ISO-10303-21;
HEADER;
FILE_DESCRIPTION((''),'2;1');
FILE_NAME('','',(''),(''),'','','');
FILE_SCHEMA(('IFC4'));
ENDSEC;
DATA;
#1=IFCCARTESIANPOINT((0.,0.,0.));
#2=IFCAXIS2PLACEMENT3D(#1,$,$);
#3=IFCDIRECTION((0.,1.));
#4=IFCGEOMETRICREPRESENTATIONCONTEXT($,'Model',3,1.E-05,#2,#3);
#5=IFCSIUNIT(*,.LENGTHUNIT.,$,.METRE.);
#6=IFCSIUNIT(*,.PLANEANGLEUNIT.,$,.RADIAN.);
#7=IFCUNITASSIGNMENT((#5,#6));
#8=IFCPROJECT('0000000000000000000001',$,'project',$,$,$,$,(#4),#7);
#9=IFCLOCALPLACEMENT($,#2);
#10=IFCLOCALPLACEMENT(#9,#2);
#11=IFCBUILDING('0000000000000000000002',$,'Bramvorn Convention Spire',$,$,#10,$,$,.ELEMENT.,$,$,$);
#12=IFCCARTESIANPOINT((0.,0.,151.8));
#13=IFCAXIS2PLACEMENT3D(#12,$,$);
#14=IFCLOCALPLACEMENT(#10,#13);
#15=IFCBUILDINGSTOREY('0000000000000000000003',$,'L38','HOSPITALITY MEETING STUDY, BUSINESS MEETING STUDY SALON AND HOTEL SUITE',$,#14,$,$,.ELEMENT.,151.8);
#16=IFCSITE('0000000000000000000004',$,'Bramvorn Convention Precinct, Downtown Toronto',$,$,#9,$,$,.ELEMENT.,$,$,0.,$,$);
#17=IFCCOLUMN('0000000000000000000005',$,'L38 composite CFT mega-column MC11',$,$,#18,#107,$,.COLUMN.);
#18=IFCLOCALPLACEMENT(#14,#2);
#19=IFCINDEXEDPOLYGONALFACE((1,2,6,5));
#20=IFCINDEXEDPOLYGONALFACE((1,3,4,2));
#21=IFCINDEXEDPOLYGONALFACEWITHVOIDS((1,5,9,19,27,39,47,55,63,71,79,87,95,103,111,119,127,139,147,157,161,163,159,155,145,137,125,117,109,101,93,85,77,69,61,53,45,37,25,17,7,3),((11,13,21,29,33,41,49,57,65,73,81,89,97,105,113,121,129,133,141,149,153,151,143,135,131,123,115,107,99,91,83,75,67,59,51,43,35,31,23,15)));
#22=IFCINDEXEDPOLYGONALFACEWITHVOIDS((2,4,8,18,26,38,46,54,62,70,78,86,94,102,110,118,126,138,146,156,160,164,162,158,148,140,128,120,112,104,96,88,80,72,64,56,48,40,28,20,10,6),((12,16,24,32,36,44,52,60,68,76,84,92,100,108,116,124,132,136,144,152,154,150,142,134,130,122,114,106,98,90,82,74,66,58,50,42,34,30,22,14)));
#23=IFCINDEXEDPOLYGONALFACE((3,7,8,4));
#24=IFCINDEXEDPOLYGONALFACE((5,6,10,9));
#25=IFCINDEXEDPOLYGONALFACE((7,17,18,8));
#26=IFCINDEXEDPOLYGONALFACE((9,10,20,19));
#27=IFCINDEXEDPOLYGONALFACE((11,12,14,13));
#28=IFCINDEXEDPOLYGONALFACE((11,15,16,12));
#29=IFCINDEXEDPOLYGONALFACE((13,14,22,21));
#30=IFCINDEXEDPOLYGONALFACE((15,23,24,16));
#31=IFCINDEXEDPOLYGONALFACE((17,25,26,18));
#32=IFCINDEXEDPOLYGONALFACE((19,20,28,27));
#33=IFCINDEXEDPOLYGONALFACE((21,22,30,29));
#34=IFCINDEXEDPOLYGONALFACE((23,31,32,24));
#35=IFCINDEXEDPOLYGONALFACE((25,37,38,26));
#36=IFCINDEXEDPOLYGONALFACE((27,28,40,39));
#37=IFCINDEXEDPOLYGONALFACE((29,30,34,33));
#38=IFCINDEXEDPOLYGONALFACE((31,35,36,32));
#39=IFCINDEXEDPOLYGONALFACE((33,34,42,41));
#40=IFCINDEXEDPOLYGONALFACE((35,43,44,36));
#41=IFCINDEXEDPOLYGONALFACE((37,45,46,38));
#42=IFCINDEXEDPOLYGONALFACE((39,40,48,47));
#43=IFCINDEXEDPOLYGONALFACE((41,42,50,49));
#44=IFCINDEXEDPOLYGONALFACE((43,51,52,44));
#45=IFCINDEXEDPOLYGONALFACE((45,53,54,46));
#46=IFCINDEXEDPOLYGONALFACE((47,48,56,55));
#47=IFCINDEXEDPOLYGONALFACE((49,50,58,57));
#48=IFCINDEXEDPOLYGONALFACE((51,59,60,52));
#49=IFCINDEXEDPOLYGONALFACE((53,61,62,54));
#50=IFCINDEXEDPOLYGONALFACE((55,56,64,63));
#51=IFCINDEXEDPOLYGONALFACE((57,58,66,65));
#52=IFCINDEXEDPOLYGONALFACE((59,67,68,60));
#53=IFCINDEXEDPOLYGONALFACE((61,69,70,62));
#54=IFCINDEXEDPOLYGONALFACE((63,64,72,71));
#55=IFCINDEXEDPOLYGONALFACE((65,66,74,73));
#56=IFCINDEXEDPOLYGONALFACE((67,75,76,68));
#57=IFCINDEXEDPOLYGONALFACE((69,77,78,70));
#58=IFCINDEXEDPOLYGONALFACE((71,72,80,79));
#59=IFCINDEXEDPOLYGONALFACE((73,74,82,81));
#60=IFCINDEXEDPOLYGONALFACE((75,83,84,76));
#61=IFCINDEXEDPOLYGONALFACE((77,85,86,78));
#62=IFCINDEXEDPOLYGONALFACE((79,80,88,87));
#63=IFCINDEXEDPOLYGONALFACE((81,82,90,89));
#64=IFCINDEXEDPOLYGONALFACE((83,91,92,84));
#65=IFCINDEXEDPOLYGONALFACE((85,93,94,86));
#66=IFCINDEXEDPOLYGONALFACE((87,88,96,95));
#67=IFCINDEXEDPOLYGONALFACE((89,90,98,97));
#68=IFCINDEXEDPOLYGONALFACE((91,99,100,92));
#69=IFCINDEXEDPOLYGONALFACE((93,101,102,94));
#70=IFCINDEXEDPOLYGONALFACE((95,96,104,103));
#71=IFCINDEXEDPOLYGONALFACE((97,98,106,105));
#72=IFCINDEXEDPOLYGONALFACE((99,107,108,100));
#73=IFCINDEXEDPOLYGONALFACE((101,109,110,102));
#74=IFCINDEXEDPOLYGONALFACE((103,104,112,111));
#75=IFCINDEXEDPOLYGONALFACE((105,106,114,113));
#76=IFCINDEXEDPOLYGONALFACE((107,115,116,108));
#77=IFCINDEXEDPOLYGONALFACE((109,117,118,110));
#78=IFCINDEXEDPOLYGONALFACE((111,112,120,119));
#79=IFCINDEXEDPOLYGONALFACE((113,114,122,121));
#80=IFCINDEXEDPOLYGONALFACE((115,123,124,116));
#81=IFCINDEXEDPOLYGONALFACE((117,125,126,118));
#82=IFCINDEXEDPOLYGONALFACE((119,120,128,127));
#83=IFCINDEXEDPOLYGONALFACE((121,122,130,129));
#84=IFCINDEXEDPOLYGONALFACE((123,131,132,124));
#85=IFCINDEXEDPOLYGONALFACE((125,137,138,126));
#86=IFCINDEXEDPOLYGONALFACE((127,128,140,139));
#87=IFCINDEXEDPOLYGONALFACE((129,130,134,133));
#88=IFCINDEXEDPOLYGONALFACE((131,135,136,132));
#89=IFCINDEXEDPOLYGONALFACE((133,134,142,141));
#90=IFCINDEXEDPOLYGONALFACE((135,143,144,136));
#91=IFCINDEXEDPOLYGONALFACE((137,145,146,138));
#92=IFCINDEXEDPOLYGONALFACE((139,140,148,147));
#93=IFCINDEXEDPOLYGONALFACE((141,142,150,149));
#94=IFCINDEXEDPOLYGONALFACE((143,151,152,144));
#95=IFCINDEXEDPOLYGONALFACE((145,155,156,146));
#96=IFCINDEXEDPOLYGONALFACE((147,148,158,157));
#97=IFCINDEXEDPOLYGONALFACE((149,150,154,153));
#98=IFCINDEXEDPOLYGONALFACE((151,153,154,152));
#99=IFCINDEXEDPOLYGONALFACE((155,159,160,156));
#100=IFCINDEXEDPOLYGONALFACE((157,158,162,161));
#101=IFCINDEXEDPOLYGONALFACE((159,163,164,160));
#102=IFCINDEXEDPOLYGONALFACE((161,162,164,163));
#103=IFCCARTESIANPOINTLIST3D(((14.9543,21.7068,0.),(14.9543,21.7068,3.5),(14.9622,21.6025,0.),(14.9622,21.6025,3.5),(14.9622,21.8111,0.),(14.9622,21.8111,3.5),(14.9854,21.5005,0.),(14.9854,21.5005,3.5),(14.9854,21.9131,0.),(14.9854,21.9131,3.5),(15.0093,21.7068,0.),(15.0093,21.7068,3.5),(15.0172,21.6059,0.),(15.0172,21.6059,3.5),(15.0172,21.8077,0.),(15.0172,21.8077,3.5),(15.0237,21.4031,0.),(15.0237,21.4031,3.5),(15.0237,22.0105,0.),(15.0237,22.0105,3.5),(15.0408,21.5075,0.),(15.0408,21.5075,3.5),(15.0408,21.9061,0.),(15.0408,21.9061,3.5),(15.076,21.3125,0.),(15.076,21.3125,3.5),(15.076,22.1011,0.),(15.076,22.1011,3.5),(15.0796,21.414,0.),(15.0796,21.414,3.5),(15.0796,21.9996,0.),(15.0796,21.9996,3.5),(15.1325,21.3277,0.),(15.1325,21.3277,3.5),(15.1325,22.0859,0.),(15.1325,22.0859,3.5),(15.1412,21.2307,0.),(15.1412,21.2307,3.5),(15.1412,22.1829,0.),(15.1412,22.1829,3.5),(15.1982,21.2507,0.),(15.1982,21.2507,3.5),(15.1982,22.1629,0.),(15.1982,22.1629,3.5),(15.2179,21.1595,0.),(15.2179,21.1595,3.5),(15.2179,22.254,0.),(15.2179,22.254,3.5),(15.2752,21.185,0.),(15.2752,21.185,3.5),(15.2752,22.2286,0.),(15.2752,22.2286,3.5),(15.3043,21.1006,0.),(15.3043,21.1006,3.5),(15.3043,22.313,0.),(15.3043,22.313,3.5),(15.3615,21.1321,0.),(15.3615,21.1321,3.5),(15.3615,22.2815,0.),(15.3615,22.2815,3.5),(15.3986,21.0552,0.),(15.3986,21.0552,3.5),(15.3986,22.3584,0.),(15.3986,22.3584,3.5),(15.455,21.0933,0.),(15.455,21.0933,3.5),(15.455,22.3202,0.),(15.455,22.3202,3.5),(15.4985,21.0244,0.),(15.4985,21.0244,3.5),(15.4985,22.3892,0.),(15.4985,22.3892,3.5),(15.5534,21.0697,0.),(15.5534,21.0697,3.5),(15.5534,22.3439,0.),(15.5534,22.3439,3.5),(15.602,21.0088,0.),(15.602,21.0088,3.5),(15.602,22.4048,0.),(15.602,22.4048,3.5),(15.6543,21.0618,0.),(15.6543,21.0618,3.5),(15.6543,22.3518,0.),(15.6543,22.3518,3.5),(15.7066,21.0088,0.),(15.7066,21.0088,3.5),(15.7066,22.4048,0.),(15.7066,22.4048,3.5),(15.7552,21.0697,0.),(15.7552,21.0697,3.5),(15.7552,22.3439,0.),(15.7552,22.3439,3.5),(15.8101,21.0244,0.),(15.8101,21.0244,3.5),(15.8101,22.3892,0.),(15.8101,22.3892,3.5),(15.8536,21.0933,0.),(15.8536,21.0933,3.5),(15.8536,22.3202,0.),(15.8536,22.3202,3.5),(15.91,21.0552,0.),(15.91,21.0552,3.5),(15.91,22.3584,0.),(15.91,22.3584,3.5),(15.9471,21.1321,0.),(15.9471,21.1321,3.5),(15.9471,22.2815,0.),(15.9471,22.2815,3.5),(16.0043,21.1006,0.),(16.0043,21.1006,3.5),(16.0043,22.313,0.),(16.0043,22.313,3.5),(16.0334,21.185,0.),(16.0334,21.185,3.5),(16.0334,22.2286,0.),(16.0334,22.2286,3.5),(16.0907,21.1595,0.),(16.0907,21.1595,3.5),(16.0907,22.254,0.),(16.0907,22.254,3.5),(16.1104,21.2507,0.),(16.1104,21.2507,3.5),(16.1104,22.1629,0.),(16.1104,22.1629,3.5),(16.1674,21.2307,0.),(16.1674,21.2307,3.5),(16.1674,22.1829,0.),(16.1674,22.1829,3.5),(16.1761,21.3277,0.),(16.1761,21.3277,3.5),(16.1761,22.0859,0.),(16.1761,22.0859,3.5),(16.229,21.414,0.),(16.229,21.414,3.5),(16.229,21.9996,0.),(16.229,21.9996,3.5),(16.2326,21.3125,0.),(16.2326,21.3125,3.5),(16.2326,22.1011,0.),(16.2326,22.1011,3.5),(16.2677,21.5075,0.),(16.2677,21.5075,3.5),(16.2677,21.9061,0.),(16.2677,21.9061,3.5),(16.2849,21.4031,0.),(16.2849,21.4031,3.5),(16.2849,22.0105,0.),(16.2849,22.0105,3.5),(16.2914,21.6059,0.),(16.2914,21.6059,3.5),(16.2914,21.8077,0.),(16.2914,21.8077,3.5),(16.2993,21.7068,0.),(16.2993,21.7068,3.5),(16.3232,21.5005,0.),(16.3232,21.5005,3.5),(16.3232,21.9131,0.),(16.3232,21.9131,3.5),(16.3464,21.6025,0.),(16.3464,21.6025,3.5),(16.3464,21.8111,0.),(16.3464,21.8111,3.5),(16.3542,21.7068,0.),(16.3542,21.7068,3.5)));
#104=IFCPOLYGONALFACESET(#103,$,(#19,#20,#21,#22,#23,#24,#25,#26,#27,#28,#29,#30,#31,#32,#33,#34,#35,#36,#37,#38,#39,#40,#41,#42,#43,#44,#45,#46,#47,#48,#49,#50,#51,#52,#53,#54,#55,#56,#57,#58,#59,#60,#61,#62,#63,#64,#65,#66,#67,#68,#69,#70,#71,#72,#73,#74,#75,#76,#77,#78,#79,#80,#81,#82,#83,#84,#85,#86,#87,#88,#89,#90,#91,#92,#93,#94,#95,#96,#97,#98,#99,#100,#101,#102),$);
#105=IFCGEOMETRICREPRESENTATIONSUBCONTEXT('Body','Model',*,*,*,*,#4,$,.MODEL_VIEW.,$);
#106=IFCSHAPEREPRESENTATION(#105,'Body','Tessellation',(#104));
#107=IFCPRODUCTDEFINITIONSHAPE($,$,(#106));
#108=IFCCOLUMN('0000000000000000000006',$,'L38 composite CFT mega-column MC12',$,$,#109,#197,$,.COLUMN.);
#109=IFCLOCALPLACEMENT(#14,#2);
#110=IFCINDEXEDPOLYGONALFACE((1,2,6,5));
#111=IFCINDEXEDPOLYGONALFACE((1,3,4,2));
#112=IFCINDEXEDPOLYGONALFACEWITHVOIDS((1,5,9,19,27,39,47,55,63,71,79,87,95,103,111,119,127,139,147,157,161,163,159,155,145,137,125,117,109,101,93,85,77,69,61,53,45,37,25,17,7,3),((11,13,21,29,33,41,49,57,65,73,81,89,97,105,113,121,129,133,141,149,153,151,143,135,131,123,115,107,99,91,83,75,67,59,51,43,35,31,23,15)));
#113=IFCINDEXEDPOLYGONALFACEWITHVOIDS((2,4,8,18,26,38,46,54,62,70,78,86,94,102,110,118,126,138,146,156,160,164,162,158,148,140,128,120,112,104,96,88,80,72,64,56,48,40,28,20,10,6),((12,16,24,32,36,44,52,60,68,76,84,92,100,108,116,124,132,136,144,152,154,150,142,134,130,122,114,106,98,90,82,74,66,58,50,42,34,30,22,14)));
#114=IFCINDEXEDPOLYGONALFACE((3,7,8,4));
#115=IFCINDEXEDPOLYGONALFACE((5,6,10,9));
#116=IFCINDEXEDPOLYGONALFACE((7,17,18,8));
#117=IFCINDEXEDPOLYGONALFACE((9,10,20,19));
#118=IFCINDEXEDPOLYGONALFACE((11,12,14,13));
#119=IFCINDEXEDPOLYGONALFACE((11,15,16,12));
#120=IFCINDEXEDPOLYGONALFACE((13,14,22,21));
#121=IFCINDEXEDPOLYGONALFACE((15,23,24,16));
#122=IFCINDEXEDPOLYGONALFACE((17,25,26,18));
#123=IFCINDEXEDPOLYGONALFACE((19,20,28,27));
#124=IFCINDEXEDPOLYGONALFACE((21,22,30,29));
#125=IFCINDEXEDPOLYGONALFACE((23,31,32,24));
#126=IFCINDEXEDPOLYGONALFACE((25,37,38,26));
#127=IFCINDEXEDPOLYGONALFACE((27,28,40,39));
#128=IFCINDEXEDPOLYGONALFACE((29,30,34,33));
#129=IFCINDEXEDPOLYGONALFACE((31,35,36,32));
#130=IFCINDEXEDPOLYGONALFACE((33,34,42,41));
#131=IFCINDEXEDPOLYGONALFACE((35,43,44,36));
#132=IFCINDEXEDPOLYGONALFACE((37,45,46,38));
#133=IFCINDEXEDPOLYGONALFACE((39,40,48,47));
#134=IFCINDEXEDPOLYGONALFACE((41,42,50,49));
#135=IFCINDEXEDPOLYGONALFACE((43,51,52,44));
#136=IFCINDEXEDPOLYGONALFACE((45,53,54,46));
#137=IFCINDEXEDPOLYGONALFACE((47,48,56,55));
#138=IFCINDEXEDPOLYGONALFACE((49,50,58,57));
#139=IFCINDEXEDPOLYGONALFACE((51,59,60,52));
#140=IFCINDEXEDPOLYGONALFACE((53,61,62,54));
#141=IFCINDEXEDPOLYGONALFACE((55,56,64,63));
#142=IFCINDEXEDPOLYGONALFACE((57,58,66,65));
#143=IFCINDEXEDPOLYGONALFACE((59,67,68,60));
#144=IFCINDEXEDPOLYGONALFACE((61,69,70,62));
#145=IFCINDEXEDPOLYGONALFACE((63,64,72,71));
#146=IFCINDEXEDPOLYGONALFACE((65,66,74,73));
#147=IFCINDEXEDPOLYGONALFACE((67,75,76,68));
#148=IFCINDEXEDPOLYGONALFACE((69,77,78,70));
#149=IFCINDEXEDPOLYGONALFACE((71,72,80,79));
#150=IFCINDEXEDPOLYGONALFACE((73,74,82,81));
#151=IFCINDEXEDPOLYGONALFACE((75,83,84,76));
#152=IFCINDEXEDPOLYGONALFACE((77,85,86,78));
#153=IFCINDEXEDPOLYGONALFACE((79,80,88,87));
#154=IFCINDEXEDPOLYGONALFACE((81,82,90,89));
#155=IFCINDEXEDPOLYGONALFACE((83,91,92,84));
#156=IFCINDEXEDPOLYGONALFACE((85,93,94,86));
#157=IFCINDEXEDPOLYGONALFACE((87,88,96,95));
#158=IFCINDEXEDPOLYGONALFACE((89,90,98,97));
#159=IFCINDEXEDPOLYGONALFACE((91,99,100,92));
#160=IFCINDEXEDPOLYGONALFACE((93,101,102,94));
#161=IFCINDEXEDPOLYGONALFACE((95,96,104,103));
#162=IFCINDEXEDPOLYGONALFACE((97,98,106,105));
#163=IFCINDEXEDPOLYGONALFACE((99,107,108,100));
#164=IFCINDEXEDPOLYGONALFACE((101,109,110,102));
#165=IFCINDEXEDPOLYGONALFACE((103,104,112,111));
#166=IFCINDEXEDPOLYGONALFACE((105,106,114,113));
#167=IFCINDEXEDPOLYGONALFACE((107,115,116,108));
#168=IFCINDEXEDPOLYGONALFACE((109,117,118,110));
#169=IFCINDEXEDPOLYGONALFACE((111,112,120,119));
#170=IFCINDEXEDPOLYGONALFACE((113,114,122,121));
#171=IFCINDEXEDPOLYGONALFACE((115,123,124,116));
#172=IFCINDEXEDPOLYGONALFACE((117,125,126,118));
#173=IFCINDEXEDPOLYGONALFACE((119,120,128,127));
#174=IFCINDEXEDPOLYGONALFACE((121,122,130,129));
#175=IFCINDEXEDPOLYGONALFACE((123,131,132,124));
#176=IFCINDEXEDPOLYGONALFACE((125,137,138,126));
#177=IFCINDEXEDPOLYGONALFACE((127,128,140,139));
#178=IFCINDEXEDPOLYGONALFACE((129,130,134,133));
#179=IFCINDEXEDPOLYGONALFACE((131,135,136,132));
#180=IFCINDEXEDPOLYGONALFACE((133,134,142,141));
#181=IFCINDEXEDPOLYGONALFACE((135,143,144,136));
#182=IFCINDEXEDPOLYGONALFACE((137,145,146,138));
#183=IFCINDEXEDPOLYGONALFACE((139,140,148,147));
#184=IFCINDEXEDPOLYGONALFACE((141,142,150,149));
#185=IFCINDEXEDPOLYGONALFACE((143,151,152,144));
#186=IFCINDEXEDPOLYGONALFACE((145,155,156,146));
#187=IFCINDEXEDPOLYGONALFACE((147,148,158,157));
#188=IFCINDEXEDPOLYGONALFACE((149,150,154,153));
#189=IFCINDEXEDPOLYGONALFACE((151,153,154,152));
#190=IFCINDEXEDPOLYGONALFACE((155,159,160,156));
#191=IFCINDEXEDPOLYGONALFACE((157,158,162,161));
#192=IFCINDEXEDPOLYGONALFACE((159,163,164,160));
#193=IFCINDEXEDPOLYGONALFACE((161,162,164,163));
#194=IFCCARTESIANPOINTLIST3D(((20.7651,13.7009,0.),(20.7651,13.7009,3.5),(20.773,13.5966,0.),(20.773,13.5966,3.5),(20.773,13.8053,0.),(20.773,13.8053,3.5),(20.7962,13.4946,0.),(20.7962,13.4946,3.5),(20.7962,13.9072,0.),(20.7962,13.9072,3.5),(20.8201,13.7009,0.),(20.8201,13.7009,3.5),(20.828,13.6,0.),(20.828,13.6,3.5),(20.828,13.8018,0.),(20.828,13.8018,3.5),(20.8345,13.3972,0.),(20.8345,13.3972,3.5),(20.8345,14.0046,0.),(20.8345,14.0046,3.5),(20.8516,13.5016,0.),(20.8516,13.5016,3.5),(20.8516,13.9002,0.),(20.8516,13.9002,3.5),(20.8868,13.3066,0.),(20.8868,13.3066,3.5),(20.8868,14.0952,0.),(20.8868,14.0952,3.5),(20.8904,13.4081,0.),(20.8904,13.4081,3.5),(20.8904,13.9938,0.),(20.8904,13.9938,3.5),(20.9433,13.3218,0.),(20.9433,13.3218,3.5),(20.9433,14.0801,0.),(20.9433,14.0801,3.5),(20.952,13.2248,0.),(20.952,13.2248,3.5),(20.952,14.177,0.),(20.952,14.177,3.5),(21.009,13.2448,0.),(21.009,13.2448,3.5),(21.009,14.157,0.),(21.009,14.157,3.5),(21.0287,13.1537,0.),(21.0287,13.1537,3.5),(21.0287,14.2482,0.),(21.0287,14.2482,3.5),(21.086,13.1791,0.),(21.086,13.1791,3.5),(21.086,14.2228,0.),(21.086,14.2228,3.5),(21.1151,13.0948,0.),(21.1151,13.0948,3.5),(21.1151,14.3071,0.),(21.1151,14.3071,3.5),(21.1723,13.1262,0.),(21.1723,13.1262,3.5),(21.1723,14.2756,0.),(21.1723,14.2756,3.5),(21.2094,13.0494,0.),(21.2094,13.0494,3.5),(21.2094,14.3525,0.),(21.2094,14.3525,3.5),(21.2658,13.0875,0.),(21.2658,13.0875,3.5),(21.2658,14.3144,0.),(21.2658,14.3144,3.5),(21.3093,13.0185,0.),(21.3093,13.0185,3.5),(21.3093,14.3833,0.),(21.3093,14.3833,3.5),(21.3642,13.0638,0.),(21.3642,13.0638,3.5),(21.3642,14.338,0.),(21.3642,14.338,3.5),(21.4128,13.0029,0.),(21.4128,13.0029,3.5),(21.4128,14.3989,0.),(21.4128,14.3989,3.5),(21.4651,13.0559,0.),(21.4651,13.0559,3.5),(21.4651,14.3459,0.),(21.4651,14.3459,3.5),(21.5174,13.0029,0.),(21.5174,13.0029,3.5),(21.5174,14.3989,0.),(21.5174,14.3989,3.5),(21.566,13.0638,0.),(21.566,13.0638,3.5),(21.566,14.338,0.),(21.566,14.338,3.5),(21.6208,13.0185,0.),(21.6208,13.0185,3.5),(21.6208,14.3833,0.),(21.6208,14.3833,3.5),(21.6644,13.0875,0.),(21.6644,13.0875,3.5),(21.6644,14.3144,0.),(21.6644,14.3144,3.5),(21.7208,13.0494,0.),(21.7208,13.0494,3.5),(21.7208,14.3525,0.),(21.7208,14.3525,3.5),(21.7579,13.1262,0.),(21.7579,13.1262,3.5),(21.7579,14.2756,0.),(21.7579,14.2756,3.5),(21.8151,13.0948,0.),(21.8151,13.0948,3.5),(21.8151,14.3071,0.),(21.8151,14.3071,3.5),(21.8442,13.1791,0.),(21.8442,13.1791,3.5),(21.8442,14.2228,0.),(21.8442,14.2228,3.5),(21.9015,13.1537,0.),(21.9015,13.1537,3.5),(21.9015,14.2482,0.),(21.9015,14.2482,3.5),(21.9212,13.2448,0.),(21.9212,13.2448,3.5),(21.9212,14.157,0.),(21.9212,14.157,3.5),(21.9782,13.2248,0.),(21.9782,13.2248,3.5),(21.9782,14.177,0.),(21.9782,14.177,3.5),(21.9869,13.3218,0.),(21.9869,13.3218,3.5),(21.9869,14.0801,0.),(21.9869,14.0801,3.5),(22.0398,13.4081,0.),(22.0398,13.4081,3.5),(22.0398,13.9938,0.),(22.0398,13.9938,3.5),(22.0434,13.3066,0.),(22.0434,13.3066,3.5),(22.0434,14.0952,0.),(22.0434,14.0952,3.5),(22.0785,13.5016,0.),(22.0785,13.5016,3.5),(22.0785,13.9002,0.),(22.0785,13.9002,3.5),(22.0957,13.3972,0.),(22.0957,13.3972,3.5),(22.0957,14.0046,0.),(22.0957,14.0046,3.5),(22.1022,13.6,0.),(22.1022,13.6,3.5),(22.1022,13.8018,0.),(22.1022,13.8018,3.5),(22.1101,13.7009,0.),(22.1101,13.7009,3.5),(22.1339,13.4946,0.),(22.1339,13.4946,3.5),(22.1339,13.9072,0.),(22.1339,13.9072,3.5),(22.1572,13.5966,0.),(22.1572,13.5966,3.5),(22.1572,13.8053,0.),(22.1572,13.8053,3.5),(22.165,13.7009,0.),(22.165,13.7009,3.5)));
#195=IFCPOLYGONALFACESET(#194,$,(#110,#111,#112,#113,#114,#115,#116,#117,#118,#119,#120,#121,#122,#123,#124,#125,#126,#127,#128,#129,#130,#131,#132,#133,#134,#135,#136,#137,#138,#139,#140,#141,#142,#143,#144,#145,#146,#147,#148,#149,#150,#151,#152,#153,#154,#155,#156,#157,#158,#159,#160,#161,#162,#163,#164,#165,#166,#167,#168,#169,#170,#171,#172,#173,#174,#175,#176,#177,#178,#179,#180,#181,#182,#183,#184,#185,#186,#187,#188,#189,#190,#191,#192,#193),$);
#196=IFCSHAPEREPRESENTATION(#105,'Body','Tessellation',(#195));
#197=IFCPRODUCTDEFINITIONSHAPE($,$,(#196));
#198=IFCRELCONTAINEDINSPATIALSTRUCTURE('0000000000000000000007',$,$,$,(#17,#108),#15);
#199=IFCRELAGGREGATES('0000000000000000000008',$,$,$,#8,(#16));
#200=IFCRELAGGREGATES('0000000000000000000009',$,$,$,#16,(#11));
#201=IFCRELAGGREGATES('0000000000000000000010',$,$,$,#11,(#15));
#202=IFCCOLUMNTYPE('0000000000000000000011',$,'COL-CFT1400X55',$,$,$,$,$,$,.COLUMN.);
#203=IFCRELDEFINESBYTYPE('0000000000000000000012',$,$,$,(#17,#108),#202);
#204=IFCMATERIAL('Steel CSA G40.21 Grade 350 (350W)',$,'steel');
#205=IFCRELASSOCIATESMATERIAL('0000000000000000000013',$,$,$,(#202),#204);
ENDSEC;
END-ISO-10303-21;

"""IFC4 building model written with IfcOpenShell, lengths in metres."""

from ifc_helpers import new_model, si_unit, direction, frame, origin, origin_2d, place, context, subcontext, project, spatial, hollow_circle, extrude, material, material_profile, profile_set, type_object, element, save


model = new_model("IFC4")

# Units and contexts
model_context = context("Model", 3, precision=1e-05, world=origin(), true_north=direction((0.0, 1.0)))
body_context = subcontext(model_context, "Body", "Model", "MODEL_VIEW")
ifc_project = project(units=[si_unit("LENGTHUNIT", "METRE"), si_unit("PLANEANGLEUNIT", "RADIAN")], contexts=[model_context])

# Site, building, storey
site_placement = place(None, origin())
site = spatial("IfcSite", under=ifc_project, at=site_placement, Name="Bramvorn Convention Precinct, Downtown Toronto", CompositionType="ELEMENT", RefElevation=0.0)
building_placement = place(site_placement, origin())
building = spatial("IfcBuilding", under=site, at=building_placement, Name="Bramvorn Convention Spire", CompositionType="ELEMENT")
storey_placement = place(building_placement, frame((0.0, 0.0, 151.8)))
storey = spatial("IfcBuildingStorey", under=building, at=storey_placement, Name="L38", Description="HOSPITALITY MEETING STUDY, BUSINESS MEETING STUDY SALON AND HOTEL SUITE", CompositionType="ELEMENT", Elevation=151.8)

# Columns
ifc_material_1 = material(Name="Steel CSA G40.21 Grade 350 (350W)", Category="steel")
ifc_material_profile_1 = material_profile(ifc_material_1, hollow_circle(Radius=0.7, WallThickness=0.0549, at=origin_2d()))
ifc_profile_set_1 = profile_set([ifc_material_profile_1], Name="Steel CSA G40.21 Grade 350 (350W) - CFT1400X55")
column_type = type_object("IfcColumnType", Name="COL-CFT1400X55", PredefinedType="COLUMN", material=ifc_profile_set_1)
for number, where, z_axis, x_axis, name in (
    (1, (15.6543, 21.7068, 0.0), (0.0, 0.0, 1.0), (1.0, 0.0, 0.0), "L38 composite CFT mega-column MC11"),
    (2, (21.4651, 13.7009, 0.0), (0.0, 0.0, 1.0), (1.0, 0.0, 0.0), "L38 composite CFT mega-column MC12"),
):
    element("IfcColumn", number, at=place(storey_placement, frame(where, z_axis=z_axis, x_axis=x_axis)), inside=storey, type_object=column_type, Name=name, PredefinedType="COLUMN", context=body_context, shape_type="SweptSolid", body=[
        extrude(hollow_circle(Radius=0.7, WallThickness=0.0549, at=origin_2d()), origin(), (0.0, 0.0, 1.0), 3.5),
    ])

save(model, "model.ifc")
